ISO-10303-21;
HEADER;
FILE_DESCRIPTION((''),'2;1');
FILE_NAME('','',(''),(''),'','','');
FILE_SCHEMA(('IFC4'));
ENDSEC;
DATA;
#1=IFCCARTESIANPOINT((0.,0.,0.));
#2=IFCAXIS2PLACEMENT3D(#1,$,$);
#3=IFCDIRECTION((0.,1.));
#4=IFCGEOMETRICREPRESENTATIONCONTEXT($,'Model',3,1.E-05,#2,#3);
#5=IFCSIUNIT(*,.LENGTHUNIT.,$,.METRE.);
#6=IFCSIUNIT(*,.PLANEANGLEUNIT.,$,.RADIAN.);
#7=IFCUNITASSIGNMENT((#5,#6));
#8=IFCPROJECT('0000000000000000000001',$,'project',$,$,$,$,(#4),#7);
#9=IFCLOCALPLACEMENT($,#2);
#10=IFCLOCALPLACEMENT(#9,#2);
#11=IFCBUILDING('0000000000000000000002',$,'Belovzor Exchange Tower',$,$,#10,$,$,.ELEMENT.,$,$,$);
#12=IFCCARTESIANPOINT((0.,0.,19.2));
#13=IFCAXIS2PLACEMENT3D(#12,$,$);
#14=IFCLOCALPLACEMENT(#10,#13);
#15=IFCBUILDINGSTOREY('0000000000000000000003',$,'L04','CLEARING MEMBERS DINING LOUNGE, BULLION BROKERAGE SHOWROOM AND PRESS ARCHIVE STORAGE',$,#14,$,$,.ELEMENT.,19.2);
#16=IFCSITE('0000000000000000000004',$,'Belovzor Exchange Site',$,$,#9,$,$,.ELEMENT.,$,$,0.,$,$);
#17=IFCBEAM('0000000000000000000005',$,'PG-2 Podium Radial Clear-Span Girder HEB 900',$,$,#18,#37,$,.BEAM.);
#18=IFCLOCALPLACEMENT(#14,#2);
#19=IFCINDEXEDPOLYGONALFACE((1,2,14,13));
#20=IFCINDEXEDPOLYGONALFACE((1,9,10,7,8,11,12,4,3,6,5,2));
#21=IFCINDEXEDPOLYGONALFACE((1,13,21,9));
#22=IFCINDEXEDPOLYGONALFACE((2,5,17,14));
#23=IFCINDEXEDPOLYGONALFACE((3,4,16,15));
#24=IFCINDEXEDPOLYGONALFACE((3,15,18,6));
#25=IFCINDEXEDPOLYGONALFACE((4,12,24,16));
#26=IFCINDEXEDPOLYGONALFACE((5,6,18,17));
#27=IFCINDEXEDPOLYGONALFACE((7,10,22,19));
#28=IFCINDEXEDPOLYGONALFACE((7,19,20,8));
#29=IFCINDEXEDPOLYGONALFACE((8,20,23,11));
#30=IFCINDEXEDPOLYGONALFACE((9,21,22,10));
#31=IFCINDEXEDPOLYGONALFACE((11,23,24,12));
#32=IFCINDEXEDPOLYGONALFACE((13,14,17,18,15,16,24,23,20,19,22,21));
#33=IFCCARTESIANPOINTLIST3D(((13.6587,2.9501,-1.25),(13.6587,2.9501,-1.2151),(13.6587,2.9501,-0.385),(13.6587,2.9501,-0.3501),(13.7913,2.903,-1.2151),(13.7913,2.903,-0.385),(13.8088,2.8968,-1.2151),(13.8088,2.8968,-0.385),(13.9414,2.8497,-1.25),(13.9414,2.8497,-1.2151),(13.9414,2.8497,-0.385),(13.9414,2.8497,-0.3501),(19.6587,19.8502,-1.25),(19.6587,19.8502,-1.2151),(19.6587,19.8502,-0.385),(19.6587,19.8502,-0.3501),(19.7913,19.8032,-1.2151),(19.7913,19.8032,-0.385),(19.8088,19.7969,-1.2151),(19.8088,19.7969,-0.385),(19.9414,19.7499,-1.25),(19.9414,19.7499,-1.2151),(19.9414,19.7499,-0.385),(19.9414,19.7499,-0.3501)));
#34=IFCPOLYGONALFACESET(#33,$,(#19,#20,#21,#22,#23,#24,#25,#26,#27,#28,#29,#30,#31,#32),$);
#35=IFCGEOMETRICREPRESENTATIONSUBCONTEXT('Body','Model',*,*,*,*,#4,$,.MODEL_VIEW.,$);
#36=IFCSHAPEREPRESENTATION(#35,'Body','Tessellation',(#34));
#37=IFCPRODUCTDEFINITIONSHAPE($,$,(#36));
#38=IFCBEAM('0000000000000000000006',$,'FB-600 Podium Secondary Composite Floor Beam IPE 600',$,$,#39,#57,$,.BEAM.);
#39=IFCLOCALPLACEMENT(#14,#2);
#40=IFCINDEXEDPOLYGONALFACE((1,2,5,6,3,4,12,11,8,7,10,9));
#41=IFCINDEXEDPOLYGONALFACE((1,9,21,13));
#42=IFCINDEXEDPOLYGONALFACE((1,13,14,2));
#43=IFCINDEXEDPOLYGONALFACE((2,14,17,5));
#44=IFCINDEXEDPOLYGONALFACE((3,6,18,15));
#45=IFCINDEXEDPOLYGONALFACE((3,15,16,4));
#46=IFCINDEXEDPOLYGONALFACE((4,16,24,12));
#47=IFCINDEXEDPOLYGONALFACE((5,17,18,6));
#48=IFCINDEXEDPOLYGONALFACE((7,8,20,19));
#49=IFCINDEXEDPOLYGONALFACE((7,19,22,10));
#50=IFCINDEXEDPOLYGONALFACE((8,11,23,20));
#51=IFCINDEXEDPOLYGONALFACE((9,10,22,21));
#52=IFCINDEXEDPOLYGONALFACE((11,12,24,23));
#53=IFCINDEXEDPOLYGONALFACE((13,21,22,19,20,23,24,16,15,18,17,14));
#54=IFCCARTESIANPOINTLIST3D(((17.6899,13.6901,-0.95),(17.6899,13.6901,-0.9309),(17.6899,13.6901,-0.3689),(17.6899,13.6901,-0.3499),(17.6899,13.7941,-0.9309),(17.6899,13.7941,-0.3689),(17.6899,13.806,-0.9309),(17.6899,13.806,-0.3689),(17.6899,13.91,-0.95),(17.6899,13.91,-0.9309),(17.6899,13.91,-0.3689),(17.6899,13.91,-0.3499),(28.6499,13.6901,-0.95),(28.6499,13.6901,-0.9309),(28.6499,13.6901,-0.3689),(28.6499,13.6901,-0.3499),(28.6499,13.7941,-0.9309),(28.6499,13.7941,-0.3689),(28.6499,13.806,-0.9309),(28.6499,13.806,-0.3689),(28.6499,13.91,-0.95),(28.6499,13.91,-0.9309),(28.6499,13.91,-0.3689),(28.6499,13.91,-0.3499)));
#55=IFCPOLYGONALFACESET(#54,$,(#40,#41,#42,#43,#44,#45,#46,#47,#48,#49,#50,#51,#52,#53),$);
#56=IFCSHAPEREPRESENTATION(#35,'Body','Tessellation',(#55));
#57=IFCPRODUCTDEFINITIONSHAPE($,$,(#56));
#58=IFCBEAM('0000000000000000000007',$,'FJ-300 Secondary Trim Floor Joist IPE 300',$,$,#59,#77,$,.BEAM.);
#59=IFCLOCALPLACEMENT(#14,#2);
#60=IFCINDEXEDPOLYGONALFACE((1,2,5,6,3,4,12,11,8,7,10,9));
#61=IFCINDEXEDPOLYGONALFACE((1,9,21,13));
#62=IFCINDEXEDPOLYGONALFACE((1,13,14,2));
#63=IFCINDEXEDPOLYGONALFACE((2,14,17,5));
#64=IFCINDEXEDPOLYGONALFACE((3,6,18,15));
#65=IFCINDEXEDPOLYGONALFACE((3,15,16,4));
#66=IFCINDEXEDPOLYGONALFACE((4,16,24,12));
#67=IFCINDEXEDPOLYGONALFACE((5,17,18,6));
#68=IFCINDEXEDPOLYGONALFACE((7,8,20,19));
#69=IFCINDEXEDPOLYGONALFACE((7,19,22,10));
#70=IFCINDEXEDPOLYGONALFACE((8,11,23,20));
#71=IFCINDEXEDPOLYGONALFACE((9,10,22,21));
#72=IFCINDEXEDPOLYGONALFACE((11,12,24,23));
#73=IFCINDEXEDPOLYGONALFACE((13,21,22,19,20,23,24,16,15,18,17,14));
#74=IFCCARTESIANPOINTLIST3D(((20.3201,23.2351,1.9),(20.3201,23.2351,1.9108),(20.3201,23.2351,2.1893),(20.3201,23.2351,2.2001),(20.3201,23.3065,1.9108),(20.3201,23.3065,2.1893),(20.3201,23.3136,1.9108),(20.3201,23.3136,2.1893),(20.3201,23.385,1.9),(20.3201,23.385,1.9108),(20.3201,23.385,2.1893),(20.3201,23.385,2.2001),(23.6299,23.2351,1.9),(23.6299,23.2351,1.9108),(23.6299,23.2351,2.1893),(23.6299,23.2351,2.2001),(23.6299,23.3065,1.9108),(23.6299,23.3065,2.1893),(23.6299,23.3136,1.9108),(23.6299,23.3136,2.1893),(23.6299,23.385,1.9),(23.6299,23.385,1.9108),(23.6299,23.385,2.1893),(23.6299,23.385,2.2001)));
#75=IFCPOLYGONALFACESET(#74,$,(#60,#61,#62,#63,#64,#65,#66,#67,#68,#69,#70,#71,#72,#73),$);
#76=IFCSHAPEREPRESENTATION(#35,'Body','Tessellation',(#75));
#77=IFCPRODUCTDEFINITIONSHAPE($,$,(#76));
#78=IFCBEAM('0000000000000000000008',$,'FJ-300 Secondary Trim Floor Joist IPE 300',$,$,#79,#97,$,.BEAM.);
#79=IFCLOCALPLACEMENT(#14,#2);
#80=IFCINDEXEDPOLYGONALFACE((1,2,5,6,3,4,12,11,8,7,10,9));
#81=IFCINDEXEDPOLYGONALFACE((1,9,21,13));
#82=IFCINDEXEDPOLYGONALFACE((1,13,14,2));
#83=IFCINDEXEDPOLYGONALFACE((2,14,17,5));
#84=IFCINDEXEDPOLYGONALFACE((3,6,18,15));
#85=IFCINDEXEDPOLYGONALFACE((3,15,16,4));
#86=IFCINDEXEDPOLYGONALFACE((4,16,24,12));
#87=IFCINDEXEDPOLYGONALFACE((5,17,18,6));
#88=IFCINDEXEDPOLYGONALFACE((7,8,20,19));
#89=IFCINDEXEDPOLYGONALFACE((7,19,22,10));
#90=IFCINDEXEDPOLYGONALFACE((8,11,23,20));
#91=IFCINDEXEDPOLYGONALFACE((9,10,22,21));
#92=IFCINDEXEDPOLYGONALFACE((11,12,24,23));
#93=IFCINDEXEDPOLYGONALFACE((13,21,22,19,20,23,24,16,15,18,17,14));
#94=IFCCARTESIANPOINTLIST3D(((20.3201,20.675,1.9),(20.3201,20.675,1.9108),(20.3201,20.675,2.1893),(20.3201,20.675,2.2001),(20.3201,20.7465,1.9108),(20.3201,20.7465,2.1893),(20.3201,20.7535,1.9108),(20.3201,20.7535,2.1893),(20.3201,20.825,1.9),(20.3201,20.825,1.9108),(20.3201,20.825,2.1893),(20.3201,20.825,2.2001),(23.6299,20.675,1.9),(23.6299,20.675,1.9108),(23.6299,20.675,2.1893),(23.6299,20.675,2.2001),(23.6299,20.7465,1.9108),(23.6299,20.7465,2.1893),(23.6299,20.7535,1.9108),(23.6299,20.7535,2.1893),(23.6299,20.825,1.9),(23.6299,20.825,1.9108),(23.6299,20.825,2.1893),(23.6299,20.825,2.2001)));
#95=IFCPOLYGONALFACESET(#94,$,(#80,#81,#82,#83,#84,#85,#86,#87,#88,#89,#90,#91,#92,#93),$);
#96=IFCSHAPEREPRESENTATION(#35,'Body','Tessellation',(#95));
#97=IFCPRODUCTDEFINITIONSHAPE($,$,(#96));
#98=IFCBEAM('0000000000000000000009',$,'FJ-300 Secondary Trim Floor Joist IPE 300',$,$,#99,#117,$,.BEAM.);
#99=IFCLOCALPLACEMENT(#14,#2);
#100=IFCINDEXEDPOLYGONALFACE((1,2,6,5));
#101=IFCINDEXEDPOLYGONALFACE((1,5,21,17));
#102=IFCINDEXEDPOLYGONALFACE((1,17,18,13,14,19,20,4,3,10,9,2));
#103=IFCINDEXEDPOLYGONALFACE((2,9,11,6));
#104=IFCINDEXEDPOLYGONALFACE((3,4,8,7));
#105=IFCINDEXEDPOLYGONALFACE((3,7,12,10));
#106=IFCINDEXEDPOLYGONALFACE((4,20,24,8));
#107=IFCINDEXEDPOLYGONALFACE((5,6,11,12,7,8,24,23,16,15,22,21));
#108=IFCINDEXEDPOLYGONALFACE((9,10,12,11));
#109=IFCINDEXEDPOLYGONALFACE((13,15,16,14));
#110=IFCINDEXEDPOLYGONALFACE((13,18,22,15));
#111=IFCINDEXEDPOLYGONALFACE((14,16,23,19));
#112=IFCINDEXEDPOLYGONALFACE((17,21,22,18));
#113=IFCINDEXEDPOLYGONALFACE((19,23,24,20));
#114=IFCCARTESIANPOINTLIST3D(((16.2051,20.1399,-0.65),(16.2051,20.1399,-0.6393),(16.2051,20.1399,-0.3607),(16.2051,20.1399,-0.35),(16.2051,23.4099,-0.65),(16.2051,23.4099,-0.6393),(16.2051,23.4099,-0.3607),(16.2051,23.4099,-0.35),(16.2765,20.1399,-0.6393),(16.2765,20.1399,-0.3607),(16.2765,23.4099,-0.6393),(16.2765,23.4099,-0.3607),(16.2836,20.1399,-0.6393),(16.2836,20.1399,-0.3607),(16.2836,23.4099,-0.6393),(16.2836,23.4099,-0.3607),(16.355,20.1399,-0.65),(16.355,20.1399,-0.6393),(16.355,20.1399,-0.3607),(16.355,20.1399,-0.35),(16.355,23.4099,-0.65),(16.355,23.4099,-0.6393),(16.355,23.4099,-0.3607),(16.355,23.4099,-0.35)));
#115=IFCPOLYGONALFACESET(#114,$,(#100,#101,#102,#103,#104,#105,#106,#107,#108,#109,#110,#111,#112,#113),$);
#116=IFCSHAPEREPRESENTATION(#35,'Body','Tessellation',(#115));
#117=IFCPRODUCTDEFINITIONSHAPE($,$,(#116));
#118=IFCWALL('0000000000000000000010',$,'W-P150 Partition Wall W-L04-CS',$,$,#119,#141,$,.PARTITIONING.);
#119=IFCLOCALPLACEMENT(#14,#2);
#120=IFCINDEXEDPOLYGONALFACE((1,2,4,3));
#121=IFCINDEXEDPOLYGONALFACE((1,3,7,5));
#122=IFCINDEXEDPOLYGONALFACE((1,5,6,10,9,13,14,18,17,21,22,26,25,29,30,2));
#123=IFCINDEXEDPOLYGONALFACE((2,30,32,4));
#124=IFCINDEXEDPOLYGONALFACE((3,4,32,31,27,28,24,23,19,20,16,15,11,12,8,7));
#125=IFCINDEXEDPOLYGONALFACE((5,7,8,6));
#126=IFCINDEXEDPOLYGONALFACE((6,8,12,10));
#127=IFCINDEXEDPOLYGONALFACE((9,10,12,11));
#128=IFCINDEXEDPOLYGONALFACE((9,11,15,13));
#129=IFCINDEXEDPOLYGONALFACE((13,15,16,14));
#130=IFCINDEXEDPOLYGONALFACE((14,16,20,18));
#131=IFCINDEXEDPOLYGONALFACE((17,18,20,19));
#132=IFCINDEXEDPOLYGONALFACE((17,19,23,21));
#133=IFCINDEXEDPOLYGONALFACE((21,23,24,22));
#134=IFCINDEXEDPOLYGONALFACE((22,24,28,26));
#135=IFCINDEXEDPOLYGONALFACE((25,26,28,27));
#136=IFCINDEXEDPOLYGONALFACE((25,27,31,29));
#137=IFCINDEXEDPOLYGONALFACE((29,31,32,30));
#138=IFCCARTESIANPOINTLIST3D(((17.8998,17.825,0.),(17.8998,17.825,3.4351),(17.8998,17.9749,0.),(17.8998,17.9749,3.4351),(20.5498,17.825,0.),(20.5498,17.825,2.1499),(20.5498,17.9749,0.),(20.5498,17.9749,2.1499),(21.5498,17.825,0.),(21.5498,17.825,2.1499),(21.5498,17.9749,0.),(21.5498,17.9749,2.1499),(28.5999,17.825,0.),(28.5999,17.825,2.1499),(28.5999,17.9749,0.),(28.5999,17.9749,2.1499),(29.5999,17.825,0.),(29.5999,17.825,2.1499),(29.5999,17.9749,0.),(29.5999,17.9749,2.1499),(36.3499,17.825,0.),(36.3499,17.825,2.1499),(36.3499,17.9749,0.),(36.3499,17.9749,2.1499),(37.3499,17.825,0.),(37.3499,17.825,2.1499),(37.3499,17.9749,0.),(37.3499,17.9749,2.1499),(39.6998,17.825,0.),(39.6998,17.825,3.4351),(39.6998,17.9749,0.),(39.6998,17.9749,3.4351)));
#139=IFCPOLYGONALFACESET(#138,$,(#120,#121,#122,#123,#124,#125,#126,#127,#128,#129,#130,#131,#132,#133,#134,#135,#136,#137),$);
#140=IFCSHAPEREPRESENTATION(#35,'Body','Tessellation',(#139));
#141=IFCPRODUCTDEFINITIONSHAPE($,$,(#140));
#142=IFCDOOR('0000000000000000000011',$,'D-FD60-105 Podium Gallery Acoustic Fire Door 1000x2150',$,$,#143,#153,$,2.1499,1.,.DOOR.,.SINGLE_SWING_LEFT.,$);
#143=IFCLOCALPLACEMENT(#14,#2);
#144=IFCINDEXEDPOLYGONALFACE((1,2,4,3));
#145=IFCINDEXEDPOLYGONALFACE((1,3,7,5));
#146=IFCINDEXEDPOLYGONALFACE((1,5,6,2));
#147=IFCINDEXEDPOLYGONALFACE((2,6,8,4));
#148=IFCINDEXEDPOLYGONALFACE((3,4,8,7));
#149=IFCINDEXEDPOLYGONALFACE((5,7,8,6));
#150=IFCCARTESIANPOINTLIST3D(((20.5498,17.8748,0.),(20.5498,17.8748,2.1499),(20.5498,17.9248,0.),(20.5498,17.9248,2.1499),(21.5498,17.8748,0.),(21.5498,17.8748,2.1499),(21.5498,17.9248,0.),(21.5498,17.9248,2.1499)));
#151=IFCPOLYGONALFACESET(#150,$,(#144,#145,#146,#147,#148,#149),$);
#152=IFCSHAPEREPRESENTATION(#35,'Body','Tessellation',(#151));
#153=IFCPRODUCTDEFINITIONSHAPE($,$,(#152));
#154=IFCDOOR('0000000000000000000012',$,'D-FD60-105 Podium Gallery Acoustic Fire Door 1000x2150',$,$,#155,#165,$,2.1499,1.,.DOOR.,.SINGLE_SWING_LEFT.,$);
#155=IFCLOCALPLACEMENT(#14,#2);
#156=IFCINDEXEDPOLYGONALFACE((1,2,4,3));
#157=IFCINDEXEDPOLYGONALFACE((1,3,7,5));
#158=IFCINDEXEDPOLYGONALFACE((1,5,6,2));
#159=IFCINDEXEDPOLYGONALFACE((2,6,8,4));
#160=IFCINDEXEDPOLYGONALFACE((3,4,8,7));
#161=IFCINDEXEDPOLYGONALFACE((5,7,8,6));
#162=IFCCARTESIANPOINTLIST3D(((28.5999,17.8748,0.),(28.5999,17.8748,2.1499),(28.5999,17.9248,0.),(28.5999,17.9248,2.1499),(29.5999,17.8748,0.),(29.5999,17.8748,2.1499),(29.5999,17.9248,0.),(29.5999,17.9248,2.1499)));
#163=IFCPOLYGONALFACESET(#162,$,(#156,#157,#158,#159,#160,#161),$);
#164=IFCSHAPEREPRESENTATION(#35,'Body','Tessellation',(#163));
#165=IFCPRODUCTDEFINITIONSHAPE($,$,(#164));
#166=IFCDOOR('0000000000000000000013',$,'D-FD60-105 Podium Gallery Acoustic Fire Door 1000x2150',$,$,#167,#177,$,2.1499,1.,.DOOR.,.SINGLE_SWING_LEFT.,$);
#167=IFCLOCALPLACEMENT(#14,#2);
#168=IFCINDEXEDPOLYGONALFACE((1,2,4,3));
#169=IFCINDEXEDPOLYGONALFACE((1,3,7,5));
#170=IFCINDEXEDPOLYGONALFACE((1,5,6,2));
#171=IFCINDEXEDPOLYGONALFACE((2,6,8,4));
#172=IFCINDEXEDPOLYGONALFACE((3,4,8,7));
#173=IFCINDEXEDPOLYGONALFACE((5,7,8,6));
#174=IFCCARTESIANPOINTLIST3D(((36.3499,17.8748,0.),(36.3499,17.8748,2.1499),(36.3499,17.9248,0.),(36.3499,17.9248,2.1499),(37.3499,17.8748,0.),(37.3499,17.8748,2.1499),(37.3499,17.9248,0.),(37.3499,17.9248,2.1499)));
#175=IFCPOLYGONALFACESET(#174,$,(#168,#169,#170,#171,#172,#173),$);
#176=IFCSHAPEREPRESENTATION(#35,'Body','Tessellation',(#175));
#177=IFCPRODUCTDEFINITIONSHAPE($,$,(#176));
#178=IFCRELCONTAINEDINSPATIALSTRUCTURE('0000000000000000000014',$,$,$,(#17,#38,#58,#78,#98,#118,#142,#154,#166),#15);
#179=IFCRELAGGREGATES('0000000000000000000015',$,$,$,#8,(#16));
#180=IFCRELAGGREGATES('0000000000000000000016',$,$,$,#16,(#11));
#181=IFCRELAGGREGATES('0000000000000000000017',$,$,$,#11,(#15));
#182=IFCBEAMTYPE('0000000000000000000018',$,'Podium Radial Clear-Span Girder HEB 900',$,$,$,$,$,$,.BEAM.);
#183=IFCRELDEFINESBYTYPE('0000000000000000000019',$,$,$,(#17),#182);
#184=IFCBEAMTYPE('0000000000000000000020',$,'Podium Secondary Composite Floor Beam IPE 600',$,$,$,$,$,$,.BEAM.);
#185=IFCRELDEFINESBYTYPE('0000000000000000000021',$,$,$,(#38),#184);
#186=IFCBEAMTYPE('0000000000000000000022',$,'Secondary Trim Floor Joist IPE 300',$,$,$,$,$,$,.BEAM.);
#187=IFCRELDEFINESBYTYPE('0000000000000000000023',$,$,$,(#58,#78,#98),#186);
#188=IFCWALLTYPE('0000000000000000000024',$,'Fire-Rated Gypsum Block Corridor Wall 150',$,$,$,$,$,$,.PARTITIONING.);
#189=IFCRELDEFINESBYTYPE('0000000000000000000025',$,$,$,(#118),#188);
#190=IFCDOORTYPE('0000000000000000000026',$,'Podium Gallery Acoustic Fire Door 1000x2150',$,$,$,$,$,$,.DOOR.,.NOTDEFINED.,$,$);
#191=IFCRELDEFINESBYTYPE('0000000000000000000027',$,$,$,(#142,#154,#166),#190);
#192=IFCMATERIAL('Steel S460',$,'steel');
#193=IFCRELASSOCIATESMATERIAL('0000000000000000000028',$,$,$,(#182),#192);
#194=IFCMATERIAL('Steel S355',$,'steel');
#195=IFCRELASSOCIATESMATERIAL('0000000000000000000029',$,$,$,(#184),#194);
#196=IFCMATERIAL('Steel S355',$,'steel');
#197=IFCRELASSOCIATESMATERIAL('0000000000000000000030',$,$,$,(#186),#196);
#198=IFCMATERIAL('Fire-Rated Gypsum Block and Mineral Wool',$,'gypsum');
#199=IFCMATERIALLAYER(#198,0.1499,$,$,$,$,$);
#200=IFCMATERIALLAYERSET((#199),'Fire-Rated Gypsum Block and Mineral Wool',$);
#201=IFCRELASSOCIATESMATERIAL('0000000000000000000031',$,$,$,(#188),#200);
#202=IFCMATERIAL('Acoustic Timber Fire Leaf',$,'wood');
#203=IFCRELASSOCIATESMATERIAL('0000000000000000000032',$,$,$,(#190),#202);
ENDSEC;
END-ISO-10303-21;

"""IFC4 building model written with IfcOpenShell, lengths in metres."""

from ifc_helpers import new_model, si_unit, direction, frame, frame_2d, origin, origin_2d, place, context, subcontext, project, spatial, rectangle, i_section, extrude, material, layer, layer_set, material_profile, profile_set, type_object, element, fill, save


model = new_model("IFC4")

# Units and contexts
model_context = context("Model", 3, precision=1e-05, world=origin(), true_north=direction((0.0, 1.0)))
body_context = subcontext(model_context, "Body", "Model", "MODEL_VIEW")
ifc_project = project(units=[si_unit("LENGTHUNIT", "METRE"), si_unit("PLANEANGLEUNIT", "RADIAN")], contexts=[model_context])

# Site, building, storey
site_placement = place(None, origin())
site = spatial("IfcSite", under=ifc_project, at=site_placement, Name="Belovzor Exchange Site", CompositionType="ELEMENT", RefElevation=0.0)
building_placement = place(site_placement, origin())
building = spatial("IfcBuilding", under=site, at=building_placement, Name="Belovzor Exchange Tower", CompositionType="ELEMENT")
storey_placement = place(building_placement, frame((0.0, 0.0, 19.2)))
storey = spatial("IfcBuildingStorey", under=building, at=storey_placement, Name="L04", Description="CLEARING MEMBERS DINING LOUNGE, BULLION BROKERAGE SHOWROOM AND PRESS ARCHIVE STORAGE", CompositionType="ELEMENT", Elevation=19.2)

# Beams
ifc_material_1 = material(Name="Steel S460", Category="steel")
ifc_material_profile_1 = material_profile(ifc_material_1, i_section(OverallWidth=0.3, OverallDepth=0.8999, WebThickness=0.0186, FlangeThickness=0.0349, at=origin_2d()))
ifc_profile_set_1 = profile_set([ifc_material_profile_1], Name="Steel S460")
beam_type_1 = type_object("IfcBeamType", Name="Podium Radial Clear-Span Girder HEB 900", PredefinedType="BEAM", material=ifc_profile_set_1)
beam_1_placement = place(storey_placement, frame((19.8, 19.8, -0.8), z_axis=(-0.334567, -0.942372, 0.0), x_axis=(0.942372, -0.334567, 0.0)))
element("IfcBeam", 1, at=beam_1_placement, inside=storey, type_object=beam_type_1, Name="PG-2 Podium Radial Clear-Span Girder HEB 900", PredefinedType="BEAM", context=body_context, shape_type="SweptSolid", body=[
    extrude(i_section(OverallWidth=0.3, OverallDepth=0.8999, WebThickness=0.0186, FlangeThickness=0.0349, at=origin_2d()), origin(), (0.0, 0.0, 1.0), 17.9336),
])
ifc_material_2 = material(Name="Steel S355", Category="steel")
ifc_material_profile_2 = material_profile(ifc_material_2, i_section(OverallWidth=0.22, OverallDepth=0.6001, WebThickness=0.012, FlangeThickness=0.019, at=origin_2d()))
ifc_profile_set_2 = profile_set([ifc_material_profile_2], Name="Steel S355")
beam_type_2 = type_object("IfcBeamType", Name="Podium Secondary Composite Floor Beam IPE 600", PredefinedType="BEAM", material=ifc_profile_set_2)
beam_2_placement = place(storey_placement, frame((17.6899, 13.8, -0.6499), z_axis=(1.0, 0.0, 0.0), x_axis=(0.0, 1.0, 0.0)))
element("IfcBeam", 2, at=beam_2_placement, inside=storey, type_object=beam_type_2, Name="FB-600 Podium Secondary Composite Floor Beam IPE 600", PredefinedType="BEAM", context=body_context, shape_type="SweptSolid", body=[
    extrude(i_section(OverallWidth=0.22, OverallDepth=0.6001, WebThickness=0.012, FlangeThickness=0.019, at=origin_2d()), origin(), (0.0, 0.0, 1.0), 10.96),
])
ifc_material_3 = material(Name="Steel S355", Category="steel")
ifc_material_profile_3 = material_profile(ifc_material_3, i_section(OverallWidth=0.1499, OverallDepth=0.3, WebThickness=0.0071, FlangeThickness=0.0107, at=origin_2d()))
ifc_profile_set_3 = profile_set([ifc_material_profile_3], Name="Steel S355")
beam_type_3 = type_object("IfcBeamType", Name="Secondary Trim Floor Joist IPE 300", PredefinedType="BEAM", material=ifc_profile_set_3)
for number, where, z_axis, x_axis, name in (
    (3, (20.3201, 23.3101, 2.05), (1.0, 0.0, 0.0), (0.0, 1.0, 0.0), "FJ-300 Secondary Trim Floor Joist IPE 300"),
    (4, (20.3201, 20.75, 2.05), (1.0, 0.0, 0.0), (0.0, 1.0, 0.0), "FJ-300 Secondary Trim Floor Joist IPE 300"),
):
    element("IfcBeam", number, at=place(storey_placement, frame(where, z_axis=z_axis, x_axis=x_axis)), inside=storey, type_object=beam_type_3, Name=name, PredefinedType="BEAM", context=body_context, shape_type="SweptSolid", body=[
        extrude(i_section(OverallWidth=0.1499, OverallDepth=0.3, WebThickness=0.0071, FlangeThickness=0.0107, at=origin_2d()), origin(), (0.0, 0.0, 1.0), 3.3098),
    ])
beam_3_placement = place(storey_placement, frame((16.28, 23.4099, -0.5), z_axis=(0.0, -1.0, 0.0), x_axis=(1.0, 0.0, 0.0)))
element("IfcBeam", 5, at=beam_3_placement, inside=storey, type_object=beam_type_3, Name="FJ-300 Secondary Trim Floor Joist IPE 300", PredefinedType="BEAM", context=body_context, shape_type="SweptSolid", body=[
    extrude(i_section(OverallWidth=0.1499, OverallDepth=0.3, WebThickness=0.0071, FlangeThickness=0.0107, at=origin_2d()), origin(), (0.0, 0.0, 1.0), 3.27),
])

# Wall, openings, doors
ifc_material_4 = material(Name="Fire-Rated Gypsum Block and Mineral Wool", Category="gypsum")
ifc_layer_1 = layer(ifc_material_4, 0.1499)
ifc_layer_set_1 = layer_set([ifc_layer_1], Name="Fire-Rated Gypsum Block and Mineral Wool")
wall_type_1 = type_object("IfcWallType", Name="Fire-Rated Gypsum Block Corridor Wall 150", PredefinedType="PARTITIONING", material=ifc_layer_set_1)
wall_1_placement = place(storey_placement, frame((17.8999, 17.8999, 0.0), z_axis=(0.0, 0.0, 1.0), x_axis=(1.0, 0.0, 0.0)))
wall_1 = element("IfcWall", 6, at=wall_1_placement, inside=storey, type_object=wall_type_1, Name="W-P150 Partition Wall W-L04-CS", PredefinedType="PARTITIONING", context=body_context, shape_type="SweptSolid", body=[
    extrude(rectangle(XDim=21.8, YDim=0.1499, at=frame_2d((10.8999, 0.0))), origin(), (0.0, 0.0, 1.0), 3.4351),
])
opening_1_placement = place(wall_1_placement, frame((2.6499, 0.0, 0.0)))
opening_1 = element("IfcOpeningElement", 7, at=opening_1_placement, cuts=wall_1, PredefinedType="OPENING", context=body_context, shape_type="SweptSolid", body=[
    extrude(rectangle(XDim=1.0, YDim=2.1499, at=frame_2d((0.5, 1.075))), frame((0.0, 0.085, 0.0), z_axis=(0.0, -1.0, 0.0), x_axis=(1.0, 0.0, 0.0)), (0.0, 0.0, 1.0), 0.1699),
])
opening_2_placement = place(wall_1_placement, frame((10.7, 0.0, 0.0)))
opening_2 = element("IfcOpeningElement", 8, at=opening_2_placement, cuts=wall_1, PredefinedType="OPENING", context=body_context, shape_type="SweptSolid", body=[
    extrude(rectangle(XDim=1.0, YDim=2.1499, at=frame_2d((0.5, 1.075))), frame((0.0, 0.085, 0.0), z_axis=(0.0, -1.0, 0.0), x_axis=(1.0, 0.0, 0.0)), (0.0, 0.0, 1.0), 0.1699),
])
opening_3_placement = place(wall_1_placement, frame((18.45, 0.0, 0.0)))
opening_3 = element("IfcOpeningElement", 9, at=opening_3_placement, cuts=wall_1, PredefinedType="OPENING", context=body_context, shape_type="SweptSolid", body=[
    extrude(rectangle(XDim=1.0, YDim=2.1499, at=frame_2d((0.5, 1.075))), frame((0.0, 0.085, 0.0), z_axis=(0.0, -1.0, 0.0), x_axis=(1.0, 0.0, 0.0)), (0.0, 0.0, 1.0), 0.1699),
])
ifc_material_5 = material(Name="Acoustic Timber Fire Leaf", Category="wood")
door_type_1 = type_object("IfcDoorType", Name="Podium Gallery Acoustic Fire Door 1000x2150", OperationType="NOTDEFINED", PredefinedType="DOOR", material=ifc_material_5)
door_1_placement = place(opening_1_placement, origin())
door_1 = element("IfcDoor", 10, at=door_1_placement, inside=storey, type_object=door_type_1, Name="D-FD60-105 Podium Gallery Acoustic Fire Door 1000x2150", OperationType="SINGLE_SWING_LEFT", OverallHeight=2.1499, OverallWidth=1.0, PredefinedType="DOOR", context=body_context, shape_type="SweptSolid", body=[
    extrude(rectangle(XDim=1.0, YDim=2.1499, at=frame_2d((0.5, 1.075))), frame((0.0, 0.0249, 0.0), z_axis=(0.0, -1.0, 0.0), x_axis=(1.0, 0.0, 0.0)), (0.0, 0.0, 1.0), 0.05),
])
fill(opening_1, door_1)
door_2_placement = place(opening_2_placement, origin())
door_2 = element("IfcDoor", 11, at=door_2_placement, inside=storey, type_object=door_type_1, Name="D-FD60-105 Podium Gallery Acoustic Fire Door 1000x2150", OperationType="SINGLE_SWING_LEFT", OverallHeight=2.1499, OverallWidth=1.0, PredefinedType="DOOR", context=body_context, shape_type="SweptSolid", body=[
    extrude(rectangle(XDim=1.0, YDim=2.1499, at=frame_2d((0.5, 1.075))), frame((0.0, 0.0249, 0.0), z_axis=(0.0, -1.0, 0.0), x_axis=(1.0, 0.0, 0.0)), (0.0, 0.0, 1.0), 0.05),
])
fill(opening_2, door_2)
door_3_placement = place(opening_3_placement, origin())
door_3 = element("IfcDoor", 12, at=door_3_placement, inside=storey, type_object=door_type_1, Name="D-FD60-105 Podium Gallery Acoustic Fire Door 1000x2150", OperationType="SINGLE_SWING_LEFT", OverallHeight=2.1499, OverallWidth=1.0, PredefinedType="DOOR", context=body_context, shape_type="SweptSolid", body=[
    extrude(rectangle(XDim=1.0, YDim=2.1499, at=frame_2d((0.5, 1.075))), frame((0.0, 0.0249, 0.0), z_axis=(0.0, -1.0, 0.0), x_axis=(1.0, 0.0, 0.0)), (0.0, 0.0, 1.0), 0.05),
])
fill(opening_3, door_3)

save(model, "model.ifc")
